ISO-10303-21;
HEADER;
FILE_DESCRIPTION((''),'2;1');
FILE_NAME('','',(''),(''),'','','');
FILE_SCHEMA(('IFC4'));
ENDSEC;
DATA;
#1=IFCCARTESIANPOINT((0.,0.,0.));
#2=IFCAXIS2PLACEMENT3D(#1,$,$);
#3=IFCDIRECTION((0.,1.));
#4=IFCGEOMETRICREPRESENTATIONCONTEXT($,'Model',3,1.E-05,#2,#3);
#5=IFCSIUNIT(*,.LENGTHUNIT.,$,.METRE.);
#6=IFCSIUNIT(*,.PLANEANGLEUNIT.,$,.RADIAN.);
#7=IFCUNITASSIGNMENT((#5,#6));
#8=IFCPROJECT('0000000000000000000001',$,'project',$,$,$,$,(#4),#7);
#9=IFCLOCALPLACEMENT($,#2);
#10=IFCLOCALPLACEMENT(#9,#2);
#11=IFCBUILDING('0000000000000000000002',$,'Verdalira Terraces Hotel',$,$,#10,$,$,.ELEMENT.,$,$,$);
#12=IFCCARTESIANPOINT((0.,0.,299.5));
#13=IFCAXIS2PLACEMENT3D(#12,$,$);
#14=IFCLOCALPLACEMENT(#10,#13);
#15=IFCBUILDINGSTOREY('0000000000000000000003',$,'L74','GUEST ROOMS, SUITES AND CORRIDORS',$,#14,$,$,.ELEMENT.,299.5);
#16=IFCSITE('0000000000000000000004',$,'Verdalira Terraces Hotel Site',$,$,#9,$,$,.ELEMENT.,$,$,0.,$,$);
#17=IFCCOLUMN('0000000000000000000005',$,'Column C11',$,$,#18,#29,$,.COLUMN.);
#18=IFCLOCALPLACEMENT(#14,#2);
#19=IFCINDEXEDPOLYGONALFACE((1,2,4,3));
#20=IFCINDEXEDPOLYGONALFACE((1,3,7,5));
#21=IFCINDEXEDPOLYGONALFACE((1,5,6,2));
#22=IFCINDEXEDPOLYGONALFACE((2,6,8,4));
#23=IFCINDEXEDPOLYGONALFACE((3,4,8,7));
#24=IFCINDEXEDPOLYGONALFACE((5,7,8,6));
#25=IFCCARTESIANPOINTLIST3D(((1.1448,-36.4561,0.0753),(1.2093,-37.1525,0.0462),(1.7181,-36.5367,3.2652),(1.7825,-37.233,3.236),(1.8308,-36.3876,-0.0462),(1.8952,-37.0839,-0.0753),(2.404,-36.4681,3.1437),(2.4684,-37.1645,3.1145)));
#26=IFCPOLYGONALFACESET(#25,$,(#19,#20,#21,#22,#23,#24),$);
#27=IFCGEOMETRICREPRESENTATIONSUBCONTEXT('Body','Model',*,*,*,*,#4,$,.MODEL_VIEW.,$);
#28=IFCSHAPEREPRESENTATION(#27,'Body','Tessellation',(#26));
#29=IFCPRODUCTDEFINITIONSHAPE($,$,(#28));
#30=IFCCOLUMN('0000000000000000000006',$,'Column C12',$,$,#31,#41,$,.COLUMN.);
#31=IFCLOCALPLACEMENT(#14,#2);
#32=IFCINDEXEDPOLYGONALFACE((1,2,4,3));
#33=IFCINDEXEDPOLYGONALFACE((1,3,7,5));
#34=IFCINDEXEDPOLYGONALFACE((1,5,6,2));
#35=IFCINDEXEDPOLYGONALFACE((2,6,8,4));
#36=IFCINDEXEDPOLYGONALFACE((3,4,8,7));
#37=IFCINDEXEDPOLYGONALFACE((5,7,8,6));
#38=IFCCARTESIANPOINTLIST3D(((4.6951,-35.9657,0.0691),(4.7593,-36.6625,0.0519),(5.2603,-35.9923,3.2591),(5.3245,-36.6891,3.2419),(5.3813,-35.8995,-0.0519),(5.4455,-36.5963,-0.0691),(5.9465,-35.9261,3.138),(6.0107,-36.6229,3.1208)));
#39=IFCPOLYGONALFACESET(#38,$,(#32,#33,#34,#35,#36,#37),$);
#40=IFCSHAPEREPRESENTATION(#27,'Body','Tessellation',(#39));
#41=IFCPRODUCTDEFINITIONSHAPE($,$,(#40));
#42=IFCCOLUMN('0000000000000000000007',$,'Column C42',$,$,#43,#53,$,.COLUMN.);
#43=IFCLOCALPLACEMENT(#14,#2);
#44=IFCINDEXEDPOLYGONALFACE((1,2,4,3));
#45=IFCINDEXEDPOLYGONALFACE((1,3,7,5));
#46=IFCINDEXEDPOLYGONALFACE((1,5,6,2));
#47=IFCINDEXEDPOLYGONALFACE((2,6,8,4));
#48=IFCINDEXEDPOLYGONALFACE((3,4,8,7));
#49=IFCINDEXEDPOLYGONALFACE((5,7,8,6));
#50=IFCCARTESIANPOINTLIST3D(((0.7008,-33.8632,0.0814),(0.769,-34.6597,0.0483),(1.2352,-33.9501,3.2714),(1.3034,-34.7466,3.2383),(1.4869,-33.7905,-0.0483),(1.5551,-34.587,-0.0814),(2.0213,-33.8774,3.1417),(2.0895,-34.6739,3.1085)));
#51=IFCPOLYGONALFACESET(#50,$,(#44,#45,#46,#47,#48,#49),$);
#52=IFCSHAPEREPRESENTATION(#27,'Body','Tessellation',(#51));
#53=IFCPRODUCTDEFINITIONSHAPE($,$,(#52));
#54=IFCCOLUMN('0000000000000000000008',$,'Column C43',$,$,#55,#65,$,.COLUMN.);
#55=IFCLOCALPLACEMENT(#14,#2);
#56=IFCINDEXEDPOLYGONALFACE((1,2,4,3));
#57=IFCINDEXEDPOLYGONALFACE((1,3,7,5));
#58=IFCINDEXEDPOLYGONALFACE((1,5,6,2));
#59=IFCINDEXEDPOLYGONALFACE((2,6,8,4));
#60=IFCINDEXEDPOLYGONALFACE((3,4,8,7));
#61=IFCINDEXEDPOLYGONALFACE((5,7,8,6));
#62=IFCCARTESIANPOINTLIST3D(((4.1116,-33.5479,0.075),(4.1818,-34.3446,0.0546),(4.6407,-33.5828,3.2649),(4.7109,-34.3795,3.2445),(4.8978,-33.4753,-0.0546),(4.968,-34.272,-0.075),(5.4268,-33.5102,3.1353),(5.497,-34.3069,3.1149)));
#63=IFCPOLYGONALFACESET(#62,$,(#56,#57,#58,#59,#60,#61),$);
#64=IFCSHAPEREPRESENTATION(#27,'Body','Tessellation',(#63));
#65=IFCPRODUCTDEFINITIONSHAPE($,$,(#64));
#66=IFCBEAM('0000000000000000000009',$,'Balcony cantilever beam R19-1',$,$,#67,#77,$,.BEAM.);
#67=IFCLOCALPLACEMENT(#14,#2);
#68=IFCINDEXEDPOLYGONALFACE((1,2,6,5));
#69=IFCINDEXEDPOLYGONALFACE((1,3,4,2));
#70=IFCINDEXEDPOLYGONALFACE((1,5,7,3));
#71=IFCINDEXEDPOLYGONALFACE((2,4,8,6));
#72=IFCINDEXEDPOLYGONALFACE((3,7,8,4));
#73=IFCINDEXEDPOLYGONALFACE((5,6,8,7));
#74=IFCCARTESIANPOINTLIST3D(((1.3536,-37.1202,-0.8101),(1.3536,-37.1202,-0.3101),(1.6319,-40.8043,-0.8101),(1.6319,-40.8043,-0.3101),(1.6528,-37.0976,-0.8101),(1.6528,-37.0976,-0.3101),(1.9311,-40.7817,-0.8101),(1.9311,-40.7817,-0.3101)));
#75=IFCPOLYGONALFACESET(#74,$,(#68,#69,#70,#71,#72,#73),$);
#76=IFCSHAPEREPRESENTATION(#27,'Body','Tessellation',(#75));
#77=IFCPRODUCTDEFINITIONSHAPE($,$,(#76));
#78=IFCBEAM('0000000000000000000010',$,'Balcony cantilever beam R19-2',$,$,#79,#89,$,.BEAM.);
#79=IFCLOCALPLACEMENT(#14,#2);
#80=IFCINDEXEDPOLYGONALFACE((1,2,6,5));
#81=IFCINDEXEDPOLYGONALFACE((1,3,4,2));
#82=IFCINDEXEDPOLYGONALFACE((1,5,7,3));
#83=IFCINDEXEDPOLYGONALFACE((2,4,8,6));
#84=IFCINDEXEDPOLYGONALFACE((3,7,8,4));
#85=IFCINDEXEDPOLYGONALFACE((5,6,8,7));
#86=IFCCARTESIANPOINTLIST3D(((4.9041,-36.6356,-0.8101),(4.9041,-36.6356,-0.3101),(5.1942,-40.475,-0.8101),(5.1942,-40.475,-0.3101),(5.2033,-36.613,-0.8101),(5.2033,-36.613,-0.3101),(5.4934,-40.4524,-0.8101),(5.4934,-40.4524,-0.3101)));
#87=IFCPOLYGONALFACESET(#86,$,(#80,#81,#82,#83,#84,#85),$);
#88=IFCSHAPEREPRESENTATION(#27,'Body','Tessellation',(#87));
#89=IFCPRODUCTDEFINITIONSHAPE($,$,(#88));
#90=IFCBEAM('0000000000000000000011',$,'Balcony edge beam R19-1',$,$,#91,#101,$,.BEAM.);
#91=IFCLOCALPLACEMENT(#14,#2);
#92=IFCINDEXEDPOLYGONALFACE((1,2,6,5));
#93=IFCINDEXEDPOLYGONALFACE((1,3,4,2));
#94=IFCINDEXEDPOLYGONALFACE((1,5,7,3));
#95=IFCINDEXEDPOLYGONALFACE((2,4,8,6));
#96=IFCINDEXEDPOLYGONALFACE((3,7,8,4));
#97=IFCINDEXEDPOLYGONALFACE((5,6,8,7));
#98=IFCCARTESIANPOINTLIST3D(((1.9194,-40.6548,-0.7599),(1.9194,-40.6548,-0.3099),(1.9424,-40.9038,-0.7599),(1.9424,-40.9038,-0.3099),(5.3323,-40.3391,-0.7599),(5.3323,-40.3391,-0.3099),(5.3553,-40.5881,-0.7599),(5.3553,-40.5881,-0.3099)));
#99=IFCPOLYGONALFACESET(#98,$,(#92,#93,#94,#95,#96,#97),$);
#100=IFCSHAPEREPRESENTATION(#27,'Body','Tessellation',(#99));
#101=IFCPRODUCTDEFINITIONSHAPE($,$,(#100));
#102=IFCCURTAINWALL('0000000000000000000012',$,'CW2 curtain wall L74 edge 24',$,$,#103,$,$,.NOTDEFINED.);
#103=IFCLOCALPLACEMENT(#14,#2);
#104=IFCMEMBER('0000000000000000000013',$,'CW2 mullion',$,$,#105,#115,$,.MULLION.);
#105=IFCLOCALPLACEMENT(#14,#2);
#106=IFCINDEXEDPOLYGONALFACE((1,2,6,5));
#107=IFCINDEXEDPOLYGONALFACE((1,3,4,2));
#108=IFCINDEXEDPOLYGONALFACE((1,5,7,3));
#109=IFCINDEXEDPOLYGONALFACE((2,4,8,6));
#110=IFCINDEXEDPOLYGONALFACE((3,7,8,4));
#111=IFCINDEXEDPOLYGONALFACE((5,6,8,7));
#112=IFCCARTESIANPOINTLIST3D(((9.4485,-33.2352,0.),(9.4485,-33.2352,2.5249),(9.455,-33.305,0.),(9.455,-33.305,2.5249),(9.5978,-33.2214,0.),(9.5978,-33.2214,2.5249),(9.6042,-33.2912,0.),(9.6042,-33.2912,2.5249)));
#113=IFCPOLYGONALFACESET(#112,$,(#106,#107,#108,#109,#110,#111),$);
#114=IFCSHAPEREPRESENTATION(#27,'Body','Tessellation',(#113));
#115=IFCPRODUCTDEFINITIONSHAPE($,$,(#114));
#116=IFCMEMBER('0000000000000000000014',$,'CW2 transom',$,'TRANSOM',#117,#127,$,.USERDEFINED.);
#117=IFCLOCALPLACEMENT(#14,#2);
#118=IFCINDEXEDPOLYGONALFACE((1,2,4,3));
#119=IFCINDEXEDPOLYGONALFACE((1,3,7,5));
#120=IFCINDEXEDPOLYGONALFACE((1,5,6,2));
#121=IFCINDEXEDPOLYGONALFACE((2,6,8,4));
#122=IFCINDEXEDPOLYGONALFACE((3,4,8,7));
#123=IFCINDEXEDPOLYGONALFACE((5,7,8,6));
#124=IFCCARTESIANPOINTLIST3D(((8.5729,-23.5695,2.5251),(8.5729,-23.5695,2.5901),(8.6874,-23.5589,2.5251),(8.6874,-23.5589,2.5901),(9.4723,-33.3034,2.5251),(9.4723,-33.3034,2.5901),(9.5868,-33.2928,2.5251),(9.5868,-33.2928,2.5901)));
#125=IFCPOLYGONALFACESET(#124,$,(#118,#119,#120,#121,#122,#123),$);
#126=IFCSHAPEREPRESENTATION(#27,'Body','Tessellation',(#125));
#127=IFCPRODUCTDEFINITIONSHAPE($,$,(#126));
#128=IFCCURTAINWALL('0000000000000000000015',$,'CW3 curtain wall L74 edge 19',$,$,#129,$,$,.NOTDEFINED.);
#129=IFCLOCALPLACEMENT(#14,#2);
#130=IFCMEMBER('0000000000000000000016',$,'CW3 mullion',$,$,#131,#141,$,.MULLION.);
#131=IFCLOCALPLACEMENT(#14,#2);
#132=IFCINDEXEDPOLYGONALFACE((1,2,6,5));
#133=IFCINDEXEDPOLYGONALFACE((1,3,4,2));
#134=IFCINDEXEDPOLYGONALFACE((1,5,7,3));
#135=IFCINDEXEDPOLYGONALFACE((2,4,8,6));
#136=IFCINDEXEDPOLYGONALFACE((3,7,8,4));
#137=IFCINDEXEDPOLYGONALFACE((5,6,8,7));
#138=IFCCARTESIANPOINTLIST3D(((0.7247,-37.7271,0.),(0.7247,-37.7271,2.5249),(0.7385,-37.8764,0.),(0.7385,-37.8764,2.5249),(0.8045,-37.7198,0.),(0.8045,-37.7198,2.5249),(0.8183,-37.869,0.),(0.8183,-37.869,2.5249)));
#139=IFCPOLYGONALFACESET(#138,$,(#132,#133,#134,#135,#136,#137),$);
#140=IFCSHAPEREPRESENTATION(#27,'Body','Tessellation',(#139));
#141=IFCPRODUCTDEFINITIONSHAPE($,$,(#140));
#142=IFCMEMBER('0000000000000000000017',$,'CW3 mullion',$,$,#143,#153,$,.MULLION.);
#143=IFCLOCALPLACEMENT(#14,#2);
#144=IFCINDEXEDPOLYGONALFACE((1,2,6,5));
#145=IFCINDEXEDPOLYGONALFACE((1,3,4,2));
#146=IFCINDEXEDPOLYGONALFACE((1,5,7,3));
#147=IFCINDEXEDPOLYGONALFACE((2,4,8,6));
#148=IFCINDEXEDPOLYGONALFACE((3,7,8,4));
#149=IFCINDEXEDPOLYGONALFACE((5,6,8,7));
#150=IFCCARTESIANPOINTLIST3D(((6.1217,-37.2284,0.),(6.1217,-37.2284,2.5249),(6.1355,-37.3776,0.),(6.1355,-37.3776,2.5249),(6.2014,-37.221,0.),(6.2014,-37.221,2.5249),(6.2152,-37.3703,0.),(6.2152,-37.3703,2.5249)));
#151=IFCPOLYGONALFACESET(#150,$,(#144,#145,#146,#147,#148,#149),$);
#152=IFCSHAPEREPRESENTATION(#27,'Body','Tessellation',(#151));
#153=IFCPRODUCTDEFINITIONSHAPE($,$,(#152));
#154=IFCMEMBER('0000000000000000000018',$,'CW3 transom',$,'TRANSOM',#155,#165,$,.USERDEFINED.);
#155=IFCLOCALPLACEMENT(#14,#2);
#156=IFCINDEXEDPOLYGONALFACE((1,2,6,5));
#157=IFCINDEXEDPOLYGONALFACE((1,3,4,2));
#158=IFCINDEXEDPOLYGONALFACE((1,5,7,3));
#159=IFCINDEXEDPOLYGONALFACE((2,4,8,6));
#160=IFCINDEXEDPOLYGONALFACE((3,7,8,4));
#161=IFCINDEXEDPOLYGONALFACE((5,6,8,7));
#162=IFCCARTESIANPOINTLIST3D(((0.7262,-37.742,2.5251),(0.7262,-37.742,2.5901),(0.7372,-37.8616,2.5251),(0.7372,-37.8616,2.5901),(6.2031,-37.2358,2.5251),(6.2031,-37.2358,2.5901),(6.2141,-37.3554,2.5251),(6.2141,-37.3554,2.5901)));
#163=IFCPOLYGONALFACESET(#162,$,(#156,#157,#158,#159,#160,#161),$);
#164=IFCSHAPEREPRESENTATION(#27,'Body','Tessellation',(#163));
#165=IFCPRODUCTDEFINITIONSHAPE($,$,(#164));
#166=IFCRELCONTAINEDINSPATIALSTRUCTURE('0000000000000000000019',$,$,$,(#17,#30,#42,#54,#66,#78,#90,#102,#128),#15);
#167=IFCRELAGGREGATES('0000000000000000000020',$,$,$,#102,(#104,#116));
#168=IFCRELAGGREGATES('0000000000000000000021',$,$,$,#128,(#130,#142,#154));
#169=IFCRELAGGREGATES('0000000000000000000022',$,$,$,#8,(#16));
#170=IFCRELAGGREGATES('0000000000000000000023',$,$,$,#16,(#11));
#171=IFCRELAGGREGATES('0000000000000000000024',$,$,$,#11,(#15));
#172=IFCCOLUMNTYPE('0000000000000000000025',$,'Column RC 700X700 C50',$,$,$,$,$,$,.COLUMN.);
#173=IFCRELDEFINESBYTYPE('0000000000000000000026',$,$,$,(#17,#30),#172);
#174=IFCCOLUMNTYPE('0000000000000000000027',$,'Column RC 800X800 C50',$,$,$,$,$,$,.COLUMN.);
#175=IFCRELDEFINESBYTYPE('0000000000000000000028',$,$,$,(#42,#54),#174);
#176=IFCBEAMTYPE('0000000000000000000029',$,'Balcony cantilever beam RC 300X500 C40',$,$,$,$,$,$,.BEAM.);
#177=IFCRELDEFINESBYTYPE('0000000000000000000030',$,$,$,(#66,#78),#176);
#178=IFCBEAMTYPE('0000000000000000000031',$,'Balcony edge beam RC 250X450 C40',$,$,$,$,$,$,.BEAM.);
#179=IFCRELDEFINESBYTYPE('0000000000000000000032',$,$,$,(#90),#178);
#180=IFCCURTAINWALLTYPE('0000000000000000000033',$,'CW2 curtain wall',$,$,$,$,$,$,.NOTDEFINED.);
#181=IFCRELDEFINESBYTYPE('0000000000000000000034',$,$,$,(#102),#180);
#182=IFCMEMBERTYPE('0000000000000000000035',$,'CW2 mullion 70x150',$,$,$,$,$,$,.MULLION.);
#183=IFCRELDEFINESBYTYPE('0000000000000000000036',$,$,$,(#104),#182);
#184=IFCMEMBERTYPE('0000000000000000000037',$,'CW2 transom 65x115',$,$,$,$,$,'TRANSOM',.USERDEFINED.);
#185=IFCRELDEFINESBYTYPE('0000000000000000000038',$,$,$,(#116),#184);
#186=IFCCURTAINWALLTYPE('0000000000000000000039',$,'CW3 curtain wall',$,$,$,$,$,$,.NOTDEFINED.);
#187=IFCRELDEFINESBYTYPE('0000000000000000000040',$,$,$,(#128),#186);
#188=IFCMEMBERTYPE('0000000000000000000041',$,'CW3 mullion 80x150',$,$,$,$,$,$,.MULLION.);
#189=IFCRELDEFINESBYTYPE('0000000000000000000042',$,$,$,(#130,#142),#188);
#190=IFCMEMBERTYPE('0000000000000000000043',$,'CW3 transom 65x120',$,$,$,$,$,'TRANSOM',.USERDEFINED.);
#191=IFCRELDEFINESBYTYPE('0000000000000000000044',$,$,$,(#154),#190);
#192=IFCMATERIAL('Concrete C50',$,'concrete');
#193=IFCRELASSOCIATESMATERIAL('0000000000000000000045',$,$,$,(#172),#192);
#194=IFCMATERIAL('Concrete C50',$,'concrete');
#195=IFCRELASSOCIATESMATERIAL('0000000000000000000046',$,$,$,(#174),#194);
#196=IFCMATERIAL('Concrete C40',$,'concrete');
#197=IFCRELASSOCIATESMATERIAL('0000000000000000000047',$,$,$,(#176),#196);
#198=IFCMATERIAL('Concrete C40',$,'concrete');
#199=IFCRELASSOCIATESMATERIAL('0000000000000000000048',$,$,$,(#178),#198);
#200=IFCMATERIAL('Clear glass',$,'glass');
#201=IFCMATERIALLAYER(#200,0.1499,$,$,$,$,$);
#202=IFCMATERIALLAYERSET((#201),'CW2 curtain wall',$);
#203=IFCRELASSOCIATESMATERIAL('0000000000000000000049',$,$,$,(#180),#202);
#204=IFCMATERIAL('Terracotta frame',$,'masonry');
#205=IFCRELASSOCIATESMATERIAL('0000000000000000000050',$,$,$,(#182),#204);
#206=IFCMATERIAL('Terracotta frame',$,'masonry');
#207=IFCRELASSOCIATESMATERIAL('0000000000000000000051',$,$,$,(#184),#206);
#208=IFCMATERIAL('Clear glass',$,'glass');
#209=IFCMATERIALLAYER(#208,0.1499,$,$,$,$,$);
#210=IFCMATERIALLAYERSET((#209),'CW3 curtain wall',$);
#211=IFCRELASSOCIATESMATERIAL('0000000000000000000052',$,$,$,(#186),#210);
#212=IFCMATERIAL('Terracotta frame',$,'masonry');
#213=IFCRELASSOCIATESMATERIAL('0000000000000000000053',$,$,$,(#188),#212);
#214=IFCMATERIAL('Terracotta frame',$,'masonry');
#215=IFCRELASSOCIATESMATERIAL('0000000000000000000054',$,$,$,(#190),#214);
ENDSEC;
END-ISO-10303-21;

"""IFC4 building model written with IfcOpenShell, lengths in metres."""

from ifc_helpers import new_model, si_unit, direction, frame, origin, origin_2d, place, context, subcontext, project, spatial, rectangle, extrude, material, layer, layer_set, material_profile, profile_set, type_object, element, aggregate, save


model = new_model("IFC4")

# Units and contexts
model_context = context("Model", 3, precision=1e-05, world=origin(), true_north=direction((0.0, 1.0)))
body_context = subcontext(model_context, "Body", "Model", "MODEL_VIEW")
ifc_project = project(units=[si_unit("LENGTHUNIT", "METRE"), si_unit("PLANEANGLEUNIT", "RADIAN")], contexts=[model_context])

# Site, building, storey
site_placement = place(None, origin())
site = spatial("IfcSite", under=ifc_project, at=site_placement, Name="Verdalira Terraces Hotel Site", CompositionType="ELEMENT", RefElevation=0.0)
building_placement = place(site_placement, origin())
building = spatial("IfcBuilding", under=site, at=building_placement, Name="Verdalira Terraces Hotel", CompositionType="ELEMENT")
storey_placement = place(building_placement, frame((0.0, 0.0, 299.5)))
storey = spatial("IfcBuildingStorey", under=building, at=storey_placement, Name="L74", Description="GUEST ROOMS, SUITES AND CORRIDORS", CompositionType="ELEMENT", Elevation=299.5)

# Columns
ifc_material_1 = material(Name="Concrete C50", Category="concrete")
ifc_material_profile_1 = material_profile(ifc_material_1, rectangle(XDim=0.7, YDim=0.7, at=origin_2d()), Name="RC 700X700")
ifc_profile_set_1 = profile_set([ifc_material_profile_1], Name="Concrete C50")
column_type_1 = type_object("IfcColumnType", Name="Column RC 700X700 C50", PredefinedType="COLUMN", material=ifc_profile_set_1)
column_1_placement = place(storey_placement, frame((1.52, -36.77, 0.0), z_axis=(0.176815, -0.024851, 0.98393), x_axis=(0.979929, 0.09795, -0.173622)))
element("IfcColumn", 1, at=column_1_placement, inside=storey, type_object=column_type_1, Name="Column C11", PredefinedType="COLUMN", context=body_context, shape_type="SweptSolid", body=[
    extrude(rectangle(XDim=0.7, YDim=0.7, at=origin_2d()), origin(), (0.0, 0.0, 1.0), 3.2419),
])
column_2_placement = place(storey_placement, frame((5.0703, -36.281, 0.0), z_axis=(0.174454, -0.008214, 0.984631), x_axis=(0.980381, 0.094629, -0.172912)))
element("IfcColumn", 2, at=column_2_placement, inside=storey, type_object=column_type_1, Name="Column C12", PredefinedType="COLUMN", context=body_context, shape_type="SweptSolid", body=[
    extrude(rectangle(XDim=0.7, YDim=0.7, at=origin_2d()), origin(), (0.0, 0.0, 1.0), 3.2397),
])
ifc_material_2 = material(Name="Concrete C50", Category="concrete")
ifc_material_profile_2 = material_profile(ifc_material_2, rectangle(XDim=0.8, YDim=0.8, at=origin_2d()), Name="RC 800X800")
ifc_profile_set_2 = profile_set([ifc_material_profile_2], Name="Concrete C50")
column_type_2 = type_object("IfcColumnType", Name="Column RC 800X800 C50", PredefinedType="COLUMN", material=ifc_profile_set_2)
column_3_placement = place(storey_placement, frame((1.1279, -34.2251, 0.0), z_axis=(0.165172, -0.026862, 0.985899), x_axis=(0.085235, -0.9955, -0.041403)))
element("IfcColumn", 3, at=column_3_placement, inside=storey, type_object=column_type_2, Name="Column C42", PredefinedType="COLUMN", context=body_context, shape_type="SweptSolid", body=[
    extrude(rectangle(XDim=0.8, YDim=0.8, at=origin_2d()), origin(), (0.0, 0.0, 1.0), 3.2356),
])
column_4_placement = place(storey_placement, frame((4.5398, -33.9099, 0.0), z_axis=(0.163606, -0.010796, 0.986467), x_axis=(0.087765, -0.995816, -0.025454)))
element("IfcColumn", 4, at=column_4_placement, inside=storey, type_object=column_type_2, Name="Column C43", PredefinedType="COLUMN", context=body_context, shape_type="SweptSolid", body=[
    extrude(rectangle(XDim=0.8, YDim=0.8, at=origin_2d()), origin(), (0.0, 0.0, 1.0), 3.2336),
])

# Beams
ifc_material_3 = material(Name="Concrete C40", Category="concrete")
ifc_material_profile_3 = material_profile(ifc_material_3, rectangle(XDim=0.3, YDim=0.5, at=origin_2d()), Name="RC 300X500")
ifc_profile_set_3 = profile_set([ifc_material_profile_3], Name="Concrete C40")
beam_type_1 = type_object("IfcBeamType", Name="Balcony cantilever beam RC 300X500 C40", PredefinedType="BEAM", material=ifc_profile_set_3)
beam_1_placement = place(storey_placement, frame((1.5032, -37.1089, -0.5601), z_axis=(0.075332, -0.997159, 0.0), x_axis=(0.997159, 0.075332, 0.0)))
element("IfcBeam", 5, at=beam_1_placement, inside=storey, type_object=beam_type_1, Name="Balcony cantilever beam R19-1", PredefinedType="BEAM", context=body_context, shape_type="SweptSolid", body=[
    extrude(rectangle(XDim=0.3, YDim=0.5, at=origin_2d()), origin(), (0.0, 0.0, 1.0), 3.6946),
])
beam_2_placement = place(storey_placement, frame((5.0537, -36.6243, -0.5601), z_axis=(0.075329, -0.997159, 0.0), x_axis=(0.997159, 0.075329, 0.0)))
element("IfcBeam", 6, at=beam_2_placement, inside=storey, type_object=beam_type_1, Name="Balcony cantilever beam R19-2", PredefinedType="BEAM", context=body_context, shape_type="SweptSolid", body=[
    extrude(rectangle(XDim=0.3, YDim=0.5, at=origin_2d()), origin(), (0.0, 0.0, 1.0), 3.8503),
])
ifc_material_4 = material(Name="Concrete C40", Category="concrete")
ifc_material_profile_4 = material_profile(ifc_material_4, rectangle(XDim=0.25, YDim=0.45, at=origin_2d()), Name="RC 250X450")
ifc_profile_set_4 = profile_set([ifc_material_profile_4], Name="Concrete C40")
beam_type_2 = type_object("IfcBeamType", Name="Balcony edge beam RC 250X450 C40", PredefinedType="BEAM", material=ifc_profile_set_4)
beam_3_placement = place(storey_placement, frame((1.9309, -40.7793, -0.5349), z_axis=(0.99575, 0.092103, 0.0), x_axis=(-0.092103, 0.99575, 0.0)))
element("IfcBeam", 7, at=beam_3_placement, inside=storey, type_object=beam_type_2, Name="Balcony edge beam R19-1", PredefinedType="BEAM", context=body_context, shape_type="SweptSolid", body=[
    extrude(rectangle(XDim=0.25, YDim=0.45, at=origin_2d()), origin(), (0.0, 0.0, 1.0), 3.4275),
])

# Curtain walls, members
ifc_material_5 = material(Name="Clear glass", Category="glass")
ifc_layer_1 = layer(ifc_material_5, 0.1499)
ifc_layer_set_1 = layer_set([ifc_layer_1], Name="CW2 curtain wall")
curtain_wall_type_1 = type_object("IfcCurtainWallType", Name="CW2 curtain wall", PredefinedType="NOTDEFINED", material=ifc_layer_set_1)
curtain_wall_1_placement = place(storey_placement, origin())
curtain_wall_1 = element("IfcCurtainWall", 8, at=curtain_wall_1_placement, inside=storey, type_object=curtain_wall_type_1, Name="CW2 curtain wall L74 edge 24", PredefinedType="NOTDEFINED")
ifc_material_6 = material(Name="Terracotta frame", Category="masonry")
ifc_material_profile_5 = material_profile(ifc_material_6, rectangle(XDim=0.0701, YDim=0.1499, at=origin_2d()), Name="MU 70x150")
ifc_profile_set_5 = profile_set([ifc_material_profile_5], Name="Terracotta frame")
member_type_1 = type_object("IfcMemberType", Name="CW2 mullion 70x150", PredefinedType="MULLION", material=ifc_profile_set_5)
member_1_placement = place(storey_placement, frame((9.5264, -33.2632, 0.0), z_axis=(0.0, 0.0, 1.0), x_axis=(-0.092023, 0.995757, 0.0)))
member_1 = element("IfcMember", 9, at=member_1_placement, type_object=member_type_1, Name="CW2 mullion", PredefinedType="MULLION", context=body_context, shape_type="SweptSolid", body=[
    extrude(rectangle(XDim=0.0701, YDim=0.1499, at=origin_2d()), origin(), (0.0, 0.0, 1.0), 2.5249),
])
ifc_material_7 = material(Name="Terracotta frame", Category="masonry")
ifc_material_profile_6 = material_profile(ifc_material_7, rectangle(XDim=0.115, YDim=0.0649, at=origin_2d()), Name="TR 65x115")
ifc_profile_set_6 = profile_set([ifc_material_profile_6], Name="Terracotta frame")
member_type_2 = type_object("IfcMemberType", Name="CW2 transom 65x115", ElementType="TRANSOM", PredefinedType="USERDEFINED", material=ifc_profile_set_6)
member_2_placement = place(storey_placement, frame((9.5295, -33.2981, 2.5576), z_axis=(-0.092008, 0.995758, 0.0), x_axis=(-0.995758, -0.092008, 0.0)))
member_2 = element("IfcMember", 10, at=member_2_placement, type_object=member_type_2, Name="CW2 transom", ObjectType="TRANSOM", PredefinedType="USERDEFINED", context=body_context, shape_type="SweptSolid", body=[
    extrude(rectangle(XDim=0.115, YDim=0.0649, at=origin_2d()), origin(), (0.0, 0.0, 1.0), 9.7754),
])
aggregate(curtain_wall_1, [member_1, member_2])
ifc_material_8 = material(Name="Clear glass", Category="glass")
ifc_layer_2 = layer(ifc_material_8, 0.1499)
ifc_layer_set_2 = layer_set([ifc_layer_2], Name="CW3 curtain wall")
curtain_wall_type_2 = type_object("IfcCurtainWallType", Name="CW3 curtain wall", PredefinedType="NOTDEFINED", material=ifc_layer_set_2)
curtain_wall_2_placement = place(storey_placement, origin())
curtain_wall_2 = element("IfcCurtainWall", 11, at=curtain_wall_2_placement, inside=storey, type_object=curtain_wall_type_2, Name="CW3 curtain wall L74 edge 19", PredefinedType="NOTDEFINED")
ifc_material_9 = material(Name="Terracotta frame", Category="masonry")
ifc_material_profile_7 = material_profile(ifc_material_9, rectangle(XDim=0.0801, YDim=0.1499, at=origin_2d()), Name="MU 80x150")
ifc_profile_set_7 = profile_set([ifc_material_profile_7], Name="Terracotta frame")
member_type_3 = type_object("IfcMemberType", Name="CW3 mullion 80x150", PredefinedType="MULLION", material=ifc_profile_set_7)
member_3_placement = place(storey_placement, frame((0.7715, -37.7981, 0.0), z_axis=(0.0, 0.0, 1.0), x_axis=(0.995757, 0.092023, 0.0)))
member_3 = element("IfcMember", 12, at=member_3_placement, type_object=member_type_3, Name="CW3 mullion", PredefinedType="MULLION", context=body_context, shape_type="SweptSolid", body=[
    extrude(rectangle(XDim=0.0801, YDim=0.1499, at=origin_2d()), origin(), (0.0, 0.0, 1.0), 2.5249),
])
member_4_placement = place(storey_placement, frame((6.1685, -37.2993, 0.0), z_axis=(0.0, 0.0, 1.0), x_axis=(0.995757, 0.092023, 0.0)))
member_4 = element("IfcMember", 13, at=member_4_placement, type_object=member_type_3, Name="CW3 mullion", PredefinedType="MULLION", context=body_context, shape_type="SweptSolid", body=[
    extrude(rectangle(XDim=0.0801, YDim=0.1499, at=origin_2d()), origin(), (0.0, 0.0, 1.0), 2.5249),
])
ifc_material_10 = material(Name="Terracotta frame", Category="masonry")
ifc_material_profile_8 = material_profile(ifc_material_10, rectangle(XDim=0.1201, YDim=0.0649, at=origin_2d()), Name="TR 65x120")
ifc_profile_set_8 = profile_set([ifc_material_profile_8], Name="Terracotta frame")
member_type_4 = type_object("IfcMemberType", Name="CW3 transom 65x120", ElementType="TRANSOM", PredefinedType="USERDEFINED", material=ifc_profile_set_8)
member_5_placement = place(storey_placement, frame((0.7317, -37.8018, 2.5576), z_axis=(0.995757, 0.092016, 0.0), x_axis=(-0.092016, 0.995757, 0.0)))
member_5 = element("IfcMember", 14, at=member_5_placement, type_object=member_type_4, Name="CW3 transom", ObjectType="TRANSOM", PredefinedType="USERDEFINED", context=body_context, shape_type="SweptSolid", body=[
    extrude(rectangle(XDim=0.1201, YDim=0.0649, at=origin_2d()), origin(), (0.0, 0.0, 1.0), 5.5002),
])

aggregate(curtain_wall_2, [member_3, member_4, member_5])

save(model, "model.ifc")
